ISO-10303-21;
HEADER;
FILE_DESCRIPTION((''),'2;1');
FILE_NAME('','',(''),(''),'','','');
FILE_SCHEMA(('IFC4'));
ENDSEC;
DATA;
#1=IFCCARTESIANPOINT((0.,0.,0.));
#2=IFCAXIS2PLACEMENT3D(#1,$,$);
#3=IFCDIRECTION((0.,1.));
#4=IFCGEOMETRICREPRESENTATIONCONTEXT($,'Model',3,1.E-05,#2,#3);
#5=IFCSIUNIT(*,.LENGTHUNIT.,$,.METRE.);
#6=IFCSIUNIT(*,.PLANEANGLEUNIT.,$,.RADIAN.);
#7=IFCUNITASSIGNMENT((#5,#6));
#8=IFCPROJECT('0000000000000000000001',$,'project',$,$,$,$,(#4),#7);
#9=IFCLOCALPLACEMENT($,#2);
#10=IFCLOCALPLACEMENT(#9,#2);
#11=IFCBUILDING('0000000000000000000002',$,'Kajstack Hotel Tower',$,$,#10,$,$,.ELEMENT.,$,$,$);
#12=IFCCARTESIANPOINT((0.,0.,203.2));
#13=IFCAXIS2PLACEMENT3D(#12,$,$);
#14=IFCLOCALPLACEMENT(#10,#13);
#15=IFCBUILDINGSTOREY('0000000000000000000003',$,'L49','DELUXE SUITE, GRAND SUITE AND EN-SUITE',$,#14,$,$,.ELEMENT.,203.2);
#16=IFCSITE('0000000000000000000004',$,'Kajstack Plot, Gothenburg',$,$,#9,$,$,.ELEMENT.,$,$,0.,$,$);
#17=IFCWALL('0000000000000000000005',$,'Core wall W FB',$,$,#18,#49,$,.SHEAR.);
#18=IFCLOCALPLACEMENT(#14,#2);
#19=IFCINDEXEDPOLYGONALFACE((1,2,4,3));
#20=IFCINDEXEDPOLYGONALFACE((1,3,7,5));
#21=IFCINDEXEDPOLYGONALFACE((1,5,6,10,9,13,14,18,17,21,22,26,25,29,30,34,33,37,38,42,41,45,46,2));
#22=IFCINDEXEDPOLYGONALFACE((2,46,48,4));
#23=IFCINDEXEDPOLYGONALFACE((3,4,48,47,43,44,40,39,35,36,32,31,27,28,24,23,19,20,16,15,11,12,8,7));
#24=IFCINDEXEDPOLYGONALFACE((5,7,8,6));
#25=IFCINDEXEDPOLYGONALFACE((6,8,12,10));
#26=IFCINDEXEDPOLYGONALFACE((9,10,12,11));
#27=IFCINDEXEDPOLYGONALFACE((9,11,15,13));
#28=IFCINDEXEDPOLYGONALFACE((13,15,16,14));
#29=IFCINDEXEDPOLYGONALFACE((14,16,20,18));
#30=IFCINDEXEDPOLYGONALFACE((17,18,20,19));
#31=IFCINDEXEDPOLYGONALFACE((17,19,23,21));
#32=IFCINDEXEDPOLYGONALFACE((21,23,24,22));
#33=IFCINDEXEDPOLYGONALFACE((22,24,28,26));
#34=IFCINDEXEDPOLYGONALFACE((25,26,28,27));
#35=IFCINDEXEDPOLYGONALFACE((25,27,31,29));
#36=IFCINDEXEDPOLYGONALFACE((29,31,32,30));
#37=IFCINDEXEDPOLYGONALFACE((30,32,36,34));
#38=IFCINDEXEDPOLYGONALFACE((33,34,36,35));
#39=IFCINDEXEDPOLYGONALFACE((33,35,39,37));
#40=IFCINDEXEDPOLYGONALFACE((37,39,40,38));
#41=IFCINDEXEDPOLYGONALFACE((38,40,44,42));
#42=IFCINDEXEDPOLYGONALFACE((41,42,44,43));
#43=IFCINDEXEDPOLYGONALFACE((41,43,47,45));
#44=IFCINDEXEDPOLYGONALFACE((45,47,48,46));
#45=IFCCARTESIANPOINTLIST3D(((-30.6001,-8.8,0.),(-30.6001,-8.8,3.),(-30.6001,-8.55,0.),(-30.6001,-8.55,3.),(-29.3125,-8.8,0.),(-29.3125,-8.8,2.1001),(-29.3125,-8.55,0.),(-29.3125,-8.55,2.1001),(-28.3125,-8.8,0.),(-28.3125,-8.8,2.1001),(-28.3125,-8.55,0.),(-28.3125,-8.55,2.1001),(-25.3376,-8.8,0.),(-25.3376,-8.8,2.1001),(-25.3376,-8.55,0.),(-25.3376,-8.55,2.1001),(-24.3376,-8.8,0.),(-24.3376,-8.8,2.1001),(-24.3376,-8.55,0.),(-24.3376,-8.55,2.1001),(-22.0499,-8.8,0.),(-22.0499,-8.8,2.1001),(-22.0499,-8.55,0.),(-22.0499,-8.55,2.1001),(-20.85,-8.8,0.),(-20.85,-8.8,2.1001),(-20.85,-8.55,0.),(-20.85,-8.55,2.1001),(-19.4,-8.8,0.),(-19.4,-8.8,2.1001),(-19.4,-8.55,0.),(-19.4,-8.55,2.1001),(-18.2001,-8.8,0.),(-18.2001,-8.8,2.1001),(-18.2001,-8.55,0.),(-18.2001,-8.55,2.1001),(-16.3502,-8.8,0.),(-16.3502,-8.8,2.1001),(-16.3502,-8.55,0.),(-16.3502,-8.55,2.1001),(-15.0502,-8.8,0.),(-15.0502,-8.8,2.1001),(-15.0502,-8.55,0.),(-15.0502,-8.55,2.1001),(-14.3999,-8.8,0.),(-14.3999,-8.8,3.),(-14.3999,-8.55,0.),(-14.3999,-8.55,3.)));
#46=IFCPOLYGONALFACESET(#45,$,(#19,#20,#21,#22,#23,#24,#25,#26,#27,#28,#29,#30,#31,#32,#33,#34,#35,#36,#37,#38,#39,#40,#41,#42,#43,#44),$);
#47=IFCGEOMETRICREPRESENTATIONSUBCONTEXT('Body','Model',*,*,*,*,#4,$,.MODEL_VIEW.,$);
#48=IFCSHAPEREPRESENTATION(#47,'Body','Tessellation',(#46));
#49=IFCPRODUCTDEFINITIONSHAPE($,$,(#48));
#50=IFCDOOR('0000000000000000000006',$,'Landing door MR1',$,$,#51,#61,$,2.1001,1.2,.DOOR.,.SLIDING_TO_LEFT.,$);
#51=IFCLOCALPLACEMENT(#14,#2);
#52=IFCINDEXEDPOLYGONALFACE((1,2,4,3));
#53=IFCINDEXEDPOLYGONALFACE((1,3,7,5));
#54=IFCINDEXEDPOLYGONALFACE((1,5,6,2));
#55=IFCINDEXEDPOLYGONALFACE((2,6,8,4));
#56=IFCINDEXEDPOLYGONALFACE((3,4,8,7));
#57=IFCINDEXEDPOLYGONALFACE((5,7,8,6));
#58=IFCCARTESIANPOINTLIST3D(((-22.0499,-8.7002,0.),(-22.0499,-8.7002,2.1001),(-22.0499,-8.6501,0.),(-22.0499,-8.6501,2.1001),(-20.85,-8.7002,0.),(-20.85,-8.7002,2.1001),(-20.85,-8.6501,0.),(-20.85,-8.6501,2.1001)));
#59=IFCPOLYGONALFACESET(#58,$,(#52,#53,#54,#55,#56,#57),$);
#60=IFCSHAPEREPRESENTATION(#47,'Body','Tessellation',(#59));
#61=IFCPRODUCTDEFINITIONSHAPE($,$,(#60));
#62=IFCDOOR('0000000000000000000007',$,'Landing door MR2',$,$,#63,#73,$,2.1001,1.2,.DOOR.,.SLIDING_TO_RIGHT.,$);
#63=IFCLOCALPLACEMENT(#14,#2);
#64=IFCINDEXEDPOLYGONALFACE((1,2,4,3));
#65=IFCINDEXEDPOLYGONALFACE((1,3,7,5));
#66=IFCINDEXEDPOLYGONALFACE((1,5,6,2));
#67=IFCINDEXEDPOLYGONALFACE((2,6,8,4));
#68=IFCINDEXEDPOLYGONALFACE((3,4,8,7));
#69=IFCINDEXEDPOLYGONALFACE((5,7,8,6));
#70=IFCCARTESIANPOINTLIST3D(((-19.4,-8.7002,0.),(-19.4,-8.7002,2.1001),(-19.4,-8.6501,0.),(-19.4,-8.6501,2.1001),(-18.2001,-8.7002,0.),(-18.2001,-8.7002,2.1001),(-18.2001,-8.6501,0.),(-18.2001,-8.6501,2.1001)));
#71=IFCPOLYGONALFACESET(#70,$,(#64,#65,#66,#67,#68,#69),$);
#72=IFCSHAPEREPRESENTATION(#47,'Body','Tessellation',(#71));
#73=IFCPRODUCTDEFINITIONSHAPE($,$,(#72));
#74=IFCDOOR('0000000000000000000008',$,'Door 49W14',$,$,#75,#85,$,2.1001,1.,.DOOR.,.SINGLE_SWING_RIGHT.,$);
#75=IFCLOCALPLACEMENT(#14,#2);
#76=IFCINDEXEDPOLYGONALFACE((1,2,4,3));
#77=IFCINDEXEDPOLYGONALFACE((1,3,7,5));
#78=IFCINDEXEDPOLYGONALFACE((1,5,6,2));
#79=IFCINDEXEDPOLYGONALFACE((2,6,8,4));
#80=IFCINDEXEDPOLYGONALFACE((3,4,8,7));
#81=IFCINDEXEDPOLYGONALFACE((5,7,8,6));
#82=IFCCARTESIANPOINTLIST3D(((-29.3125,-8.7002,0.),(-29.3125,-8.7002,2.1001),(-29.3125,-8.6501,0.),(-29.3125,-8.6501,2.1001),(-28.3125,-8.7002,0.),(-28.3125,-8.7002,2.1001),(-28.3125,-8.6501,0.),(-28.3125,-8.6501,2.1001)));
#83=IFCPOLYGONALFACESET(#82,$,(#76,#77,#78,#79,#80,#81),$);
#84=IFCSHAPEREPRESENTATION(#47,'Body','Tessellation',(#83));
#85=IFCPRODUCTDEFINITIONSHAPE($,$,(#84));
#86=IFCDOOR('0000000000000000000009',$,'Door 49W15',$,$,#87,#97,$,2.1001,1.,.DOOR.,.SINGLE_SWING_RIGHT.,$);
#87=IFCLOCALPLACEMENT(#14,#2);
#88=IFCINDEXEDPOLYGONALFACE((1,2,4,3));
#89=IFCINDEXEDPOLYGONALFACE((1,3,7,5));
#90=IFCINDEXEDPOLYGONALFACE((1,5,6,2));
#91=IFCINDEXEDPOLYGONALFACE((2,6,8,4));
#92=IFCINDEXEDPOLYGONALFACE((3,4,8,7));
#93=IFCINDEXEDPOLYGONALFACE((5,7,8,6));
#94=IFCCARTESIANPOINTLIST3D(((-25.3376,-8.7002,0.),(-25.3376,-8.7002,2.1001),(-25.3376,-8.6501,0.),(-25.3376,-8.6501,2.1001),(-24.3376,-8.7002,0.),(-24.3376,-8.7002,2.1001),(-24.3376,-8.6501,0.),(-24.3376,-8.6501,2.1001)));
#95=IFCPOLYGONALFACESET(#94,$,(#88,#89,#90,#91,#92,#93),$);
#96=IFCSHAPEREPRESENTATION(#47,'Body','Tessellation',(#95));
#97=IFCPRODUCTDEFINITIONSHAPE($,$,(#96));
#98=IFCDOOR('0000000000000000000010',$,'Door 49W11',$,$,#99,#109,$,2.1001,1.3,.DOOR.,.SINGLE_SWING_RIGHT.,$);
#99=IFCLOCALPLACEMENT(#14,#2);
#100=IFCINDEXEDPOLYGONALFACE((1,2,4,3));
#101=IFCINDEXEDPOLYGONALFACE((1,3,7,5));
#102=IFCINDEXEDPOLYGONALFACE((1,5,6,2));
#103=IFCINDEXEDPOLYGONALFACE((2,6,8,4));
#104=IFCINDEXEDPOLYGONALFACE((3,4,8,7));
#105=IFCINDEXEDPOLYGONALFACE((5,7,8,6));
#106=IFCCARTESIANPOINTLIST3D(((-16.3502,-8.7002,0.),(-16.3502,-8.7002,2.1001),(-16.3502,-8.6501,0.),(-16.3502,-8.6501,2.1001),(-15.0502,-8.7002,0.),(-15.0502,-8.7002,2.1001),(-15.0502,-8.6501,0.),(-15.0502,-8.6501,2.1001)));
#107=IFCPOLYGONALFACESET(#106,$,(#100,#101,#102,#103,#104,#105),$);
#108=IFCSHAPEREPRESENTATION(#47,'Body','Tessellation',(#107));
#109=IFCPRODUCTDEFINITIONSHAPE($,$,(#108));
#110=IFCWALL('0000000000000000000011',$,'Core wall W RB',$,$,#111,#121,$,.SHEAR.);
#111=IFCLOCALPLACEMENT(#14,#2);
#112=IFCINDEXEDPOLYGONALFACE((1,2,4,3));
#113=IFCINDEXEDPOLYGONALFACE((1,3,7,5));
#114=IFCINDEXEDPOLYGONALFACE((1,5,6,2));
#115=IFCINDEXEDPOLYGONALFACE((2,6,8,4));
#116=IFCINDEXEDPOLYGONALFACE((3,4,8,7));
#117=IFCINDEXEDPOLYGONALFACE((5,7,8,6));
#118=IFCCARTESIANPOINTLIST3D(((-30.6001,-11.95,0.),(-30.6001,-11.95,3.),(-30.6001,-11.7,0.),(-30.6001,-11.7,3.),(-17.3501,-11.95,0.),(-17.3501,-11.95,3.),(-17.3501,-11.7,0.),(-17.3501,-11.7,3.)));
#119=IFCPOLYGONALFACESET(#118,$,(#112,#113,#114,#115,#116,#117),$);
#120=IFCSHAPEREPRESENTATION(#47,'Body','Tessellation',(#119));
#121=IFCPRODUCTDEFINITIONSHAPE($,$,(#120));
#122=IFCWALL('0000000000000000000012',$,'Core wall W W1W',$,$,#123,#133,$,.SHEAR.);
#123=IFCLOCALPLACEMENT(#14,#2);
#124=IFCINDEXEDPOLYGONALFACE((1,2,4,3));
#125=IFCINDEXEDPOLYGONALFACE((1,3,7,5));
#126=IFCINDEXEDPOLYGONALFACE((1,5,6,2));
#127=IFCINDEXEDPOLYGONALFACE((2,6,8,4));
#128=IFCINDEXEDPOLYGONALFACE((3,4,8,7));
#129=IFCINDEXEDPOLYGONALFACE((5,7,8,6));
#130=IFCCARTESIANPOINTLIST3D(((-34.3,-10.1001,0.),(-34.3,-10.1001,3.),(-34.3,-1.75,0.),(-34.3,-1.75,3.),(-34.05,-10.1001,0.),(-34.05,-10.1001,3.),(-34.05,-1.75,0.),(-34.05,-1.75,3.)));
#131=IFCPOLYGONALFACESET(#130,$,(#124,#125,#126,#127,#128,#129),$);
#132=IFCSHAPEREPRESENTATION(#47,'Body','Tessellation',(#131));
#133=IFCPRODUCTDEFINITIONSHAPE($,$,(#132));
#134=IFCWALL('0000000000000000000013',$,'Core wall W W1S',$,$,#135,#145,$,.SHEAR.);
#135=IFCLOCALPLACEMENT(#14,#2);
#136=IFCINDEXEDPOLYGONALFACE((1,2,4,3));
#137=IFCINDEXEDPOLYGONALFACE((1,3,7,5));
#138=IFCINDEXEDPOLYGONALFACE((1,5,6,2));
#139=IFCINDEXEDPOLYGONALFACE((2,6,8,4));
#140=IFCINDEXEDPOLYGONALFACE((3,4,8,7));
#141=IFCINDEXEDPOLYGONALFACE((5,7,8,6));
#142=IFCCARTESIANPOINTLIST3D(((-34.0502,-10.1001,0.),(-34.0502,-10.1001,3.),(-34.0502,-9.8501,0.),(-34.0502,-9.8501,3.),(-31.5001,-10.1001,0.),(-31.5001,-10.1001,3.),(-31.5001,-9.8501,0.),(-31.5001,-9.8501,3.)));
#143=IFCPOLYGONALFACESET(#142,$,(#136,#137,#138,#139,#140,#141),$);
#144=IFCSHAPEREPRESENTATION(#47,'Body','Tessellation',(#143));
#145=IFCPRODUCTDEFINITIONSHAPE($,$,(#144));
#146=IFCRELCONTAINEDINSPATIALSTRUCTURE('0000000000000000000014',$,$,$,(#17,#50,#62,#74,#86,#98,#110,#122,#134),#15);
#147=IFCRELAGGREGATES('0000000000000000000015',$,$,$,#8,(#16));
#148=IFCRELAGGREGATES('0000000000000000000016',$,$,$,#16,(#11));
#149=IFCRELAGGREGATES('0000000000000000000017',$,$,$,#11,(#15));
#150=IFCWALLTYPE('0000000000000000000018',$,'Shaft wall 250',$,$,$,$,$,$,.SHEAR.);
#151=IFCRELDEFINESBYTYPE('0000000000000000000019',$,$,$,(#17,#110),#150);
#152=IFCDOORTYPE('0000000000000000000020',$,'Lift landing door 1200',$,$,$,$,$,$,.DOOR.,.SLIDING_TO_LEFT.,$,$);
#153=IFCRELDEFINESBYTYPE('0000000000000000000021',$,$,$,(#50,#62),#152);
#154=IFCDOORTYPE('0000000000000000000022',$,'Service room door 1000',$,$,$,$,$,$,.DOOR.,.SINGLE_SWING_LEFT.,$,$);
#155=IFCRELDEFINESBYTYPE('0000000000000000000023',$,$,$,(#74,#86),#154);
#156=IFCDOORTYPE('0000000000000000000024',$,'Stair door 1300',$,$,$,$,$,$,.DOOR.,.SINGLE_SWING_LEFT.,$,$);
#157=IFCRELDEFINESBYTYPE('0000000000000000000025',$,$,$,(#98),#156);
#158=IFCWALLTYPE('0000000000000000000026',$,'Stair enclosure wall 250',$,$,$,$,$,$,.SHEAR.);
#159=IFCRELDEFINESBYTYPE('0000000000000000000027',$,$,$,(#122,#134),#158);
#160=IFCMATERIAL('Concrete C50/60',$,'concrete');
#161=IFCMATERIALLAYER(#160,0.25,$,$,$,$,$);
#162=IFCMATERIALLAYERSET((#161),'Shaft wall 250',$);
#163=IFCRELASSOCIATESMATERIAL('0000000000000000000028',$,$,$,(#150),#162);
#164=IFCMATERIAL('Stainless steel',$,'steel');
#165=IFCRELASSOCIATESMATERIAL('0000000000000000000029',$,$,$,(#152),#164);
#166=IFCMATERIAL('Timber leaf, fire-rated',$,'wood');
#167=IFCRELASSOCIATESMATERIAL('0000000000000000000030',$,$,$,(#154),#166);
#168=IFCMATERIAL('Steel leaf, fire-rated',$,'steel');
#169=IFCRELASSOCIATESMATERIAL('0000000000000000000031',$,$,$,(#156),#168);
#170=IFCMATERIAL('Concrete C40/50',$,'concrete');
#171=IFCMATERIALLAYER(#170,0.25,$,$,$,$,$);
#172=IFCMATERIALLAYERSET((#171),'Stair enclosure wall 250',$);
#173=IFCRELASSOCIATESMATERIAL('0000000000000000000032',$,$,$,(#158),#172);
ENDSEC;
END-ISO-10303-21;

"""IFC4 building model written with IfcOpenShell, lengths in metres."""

from ifc_helpers import new_model, si_unit, direction, frame, frame_2d, origin, place, context, subcontext, project, spatial, rectangle, extrude, material, layer, layer_set, type_object, element, fill, save


model = new_model("IFC4")

# Units and contexts
model_context = context("Model", 3, precision=1e-05, world=origin(), true_north=direction((0.0, 1.0)))
body_context = subcontext(model_context, "Body", "Model", "MODEL_VIEW")
ifc_project = project(units=[si_unit("LENGTHUNIT", "METRE"), si_unit("PLANEANGLEUNIT", "RADIAN")], contexts=[model_context])

# Site, building, storey
site_placement = place(None, origin())
site = spatial("IfcSite", under=ifc_project, at=site_placement, Name="Kajstack Plot, Gothenburg", CompositionType="ELEMENT", RefElevation=0.0)
building_placement = place(site_placement, origin())
building = spatial("IfcBuilding", under=site, at=building_placement, Name="Kajstack Hotel Tower", CompositionType="ELEMENT")
storey_placement = place(building_placement, frame((0.0, 0.0, 203.2)))
storey = spatial("IfcBuildingStorey", under=building, at=storey_placement, Name="L49", Description="DELUXE SUITE, GRAND SUITE AND EN-SUITE", CompositionType="ELEMENT", Elevation=203.2)

# Shared definitions
ifc_material_1 = material(Name="Stainless steel", Category="steel")

# Shared definitions
ifc_material_2 = material(Name="Concrete C50/60", Category="concrete")
ifc_layer_1 = layer(ifc_material_2, 0.25)
ifc_layer_set_1 = layer_set([ifc_layer_1], Name="Shaft wall 250")
wall_type_1 = type_object("IfcWallType", Name="Shaft wall 250", PredefinedType="SHEAR", material=ifc_layer_set_1)
door_type_1 = type_object("IfcDoorType", Name="Lift landing door 1200", OperationType="SLIDING_TO_LEFT", PredefinedType="DOOR", material=ifc_material_1)

# Wall, openings, doors
wall_1_placement = place(storey_placement, frame((-30.6001, -8.675, 0.0), z_axis=(0.0, 0.0, 1.0), x_axis=(1.0, 0.0, 0.0)))
wall_1 = element("IfcWall", 1, at=wall_1_placement, inside=storey, type_object=wall_type_1, Name="Core wall W FB", PredefinedType="SHEAR", context=body_context, shape_type="SweptSolid", body=[
    extrude(rectangle(XDim=16.2002, YDim=0.25, at=frame_2d((8.1001, 0.0))), origin(), (0.0, 0.0, 1.0), 3.0),
])
opening_1_placement = place(wall_1_placement, frame((8.55, 0.0, 0.0)))
opening_1 = element("IfcOpeningElement", 2, at=opening_1_placement, cuts=wall_1, PredefinedType="OPENING", context=body_context, shape_type="SweptSolid", body=[
    extrude(rectangle(XDim=1.2, YDim=2.1001, at=frame_2d((0.6001, 1.05))), frame((0.0, 0.135, 0.0), z_axis=(0.0, -1.0, 0.0), x_axis=(1.0, 0.0, 0.0)), (0.0, 0.0, 1.0), 0.27),
])
opening_2_placement = place(wall_1_placement, frame((11.2, 0.0, 0.0)))
opening_2 = element("IfcOpeningElement", 3, at=opening_2_placement, cuts=wall_1, PredefinedType="OPENING", context=body_context, shape_type="SweptSolid", body=[
    extrude(rectangle(XDim=1.2, YDim=2.1001, at=frame_2d((0.6001, 1.05))), frame((0.0, 0.135, 0.0), z_axis=(0.0, -1.0, 0.0), x_axis=(1.0, 0.0, 0.0)), (0.0, 0.0, 1.0), 0.27),
])
opening_3_placement = place(wall_1_placement, frame((14.25, 0.0, 0.0)))
opening_3 = element("IfcOpeningElement", 4, at=opening_3_placement, cuts=wall_1, PredefinedType="OPENING", context=body_context, shape_type="SweptSolid", body=[
    extrude(rectangle(XDim=1.3, YDim=2.1001, at=frame_2d((0.6499, 1.05))), frame((0.0, 0.135, 0.0), z_axis=(0.0, -1.0, 0.0), x_axis=(1.0, 0.0, 0.0)), (0.0, 0.0, 1.0), 0.27),
])
opening_4_placement = place(wall_1_placement, frame((1.2876, 0.0, 0.0)))
opening_4 = element("IfcOpeningElement", 5, at=opening_4_placement, cuts=wall_1, PredefinedType="OPENING", context=body_context, shape_type="SweptSolid", body=[
    extrude(rectangle(XDim=1.0, YDim=2.1001, at=frame_2d((0.5, 1.05))), frame((0.0, 0.135, 0.0), z_axis=(0.0, -1.0, 0.0), x_axis=(1.0, 0.0, 0.0)), (0.0, 0.0, 1.0), 0.27),
])
opening_5_placement = place(wall_1_placement, frame((5.2625, 0.0, 0.0)))
opening_5 = element("IfcOpeningElement", 6, at=opening_5_placement, cuts=wall_1, PredefinedType="OPENING", context=body_context, shape_type="SweptSolid", body=[
    extrude(rectangle(XDim=1.0, YDim=2.1001, at=frame_2d((0.5, 1.05))), frame((0.0, 0.135, 0.0), z_axis=(0.0, -1.0, 0.0), x_axis=(1.0, 0.0, 0.0)), (0.0, 0.0, 1.0), 0.27),
])
door_1_placement = place(opening_1_placement, origin())
door_1 = element("IfcDoor", 7, at=door_1_placement, inside=storey, type_object=door_type_1, Name="Landing door MR1", OperationType="SLIDING_TO_LEFT", OverallHeight=2.1001, OverallWidth=1.2, PredefinedType="DOOR", context=body_context, shape_type="SweptSolid", body=[
    extrude(rectangle(XDim=1.2, YDim=2.1001, at=frame_2d((0.6001, 1.05))), frame((0.0, 0.0249, 0.0), z_axis=(0.0, -1.0, 0.0), x_axis=(1.0, 0.0, 0.0)), (0.0, 0.0, 1.0), 0.05),
])
fill(opening_1, door_1)
door_2_placement = place(opening_2_placement, origin())
door_2 = element("IfcDoor", 8, at=door_2_placement, inside=storey, type_object=door_type_1, Name="Landing door MR2", OperationType="SLIDING_TO_RIGHT", OverallHeight=2.1001, OverallWidth=1.2, PredefinedType="DOOR", context=body_context, shape_type="SweptSolid", body=[
    extrude(rectangle(XDim=1.2, YDim=2.1001, at=frame_2d((0.6001, 1.05))), frame((0.0, 0.0249, 0.0), z_axis=(0.0, -1.0, 0.0), x_axis=(1.0, 0.0, 0.0)), (0.0, 0.0, 1.0), 0.05),
])
fill(opening_2, door_2)
ifc_material_3 = material(Name="Timber leaf, fire-rated", Category="wood")
door_type_2 = type_object("IfcDoorType", Name="Service room door 1000", OperationType="SINGLE_SWING_LEFT", PredefinedType="DOOR", material=ifc_material_3)
door_3_placement = place(opening_4_placement, origin())
door_3 = element("IfcDoor", 9, at=door_3_placement, inside=storey, type_object=door_type_2, Name="Door 49W14", OperationType="SINGLE_SWING_RIGHT", OverallHeight=2.1001, OverallWidth=1.0, PredefinedType="DOOR", context=body_context, shape_type="SweptSolid", body=[
    extrude(rectangle(XDim=1.0, YDim=2.1001, at=frame_2d((0.5, 1.05))), frame((0.0, 0.0249, 0.0), z_axis=(0.0, -1.0, 0.0), x_axis=(1.0, 0.0, 0.0)), (0.0, 0.0, 1.0), 0.05),
])
fill(opening_4, door_3)
door_4_placement = place(opening_5_placement, origin())
door_4 = element("IfcDoor", 10, at=door_4_placement, inside=storey, type_object=door_type_2, Name="Door 49W15", OperationType="SINGLE_SWING_RIGHT", OverallHeight=2.1001, OverallWidth=1.0, PredefinedType="DOOR", context=body_context, shape_type="SweptSolid", body=[
    extrude(rectangle(XDim=1.0, YDim=2.1001, at=frame_2d((0.5, 1.05))), frame((0.0, 0.0249, 0.0), z_axis=(0.0, -1.0, 0.0), x_axis=(1.0, 0.0, 0.0)), (0.0, 0.0, 1.0), 0.05),
])
fill(opening_5, door_4)
ifc_material_4 = material(Name="Steel leaf, fire-rated", Category="steel")
door_type_3 = type_object("IfcDoorType", Name="Stair door 1300", OperationType="SINGLE_SWING_LEFT", PredefinedType="DOOR", material=ifc_material_4)
door_5_placement = place(opening_3_placement, origin())
door_5 = element("IfcDoor", 11, at=door_5_placement, inside=storey, type_object=door_type_3, Name="Door 49W11", OperationType="SINGLE_SWING_RIGHT", OverallHeight=2.1001, OverallWidth=1.3, PredefinedType="DOOR", context=body_context, shape_type="SweptSolid", body=[
    extrude(rectangle(XDim=1.3, YDim=2.1001, at=frame_2d((0.6499, 1.05))), frame((0.0, 0.0249, 0.0), z_axis=(0.0, -1.0, 0.0), x_axis=(1.0, 0.0, 0.0)), (0.0, 0.0, 1.0), 0.05),
])
fill(opening_3, door_5)

# Walls
wall_2_placement = place(storey_placement, frame((-30.6001, -11.825, 0.0), z_axis=(0.0, 0.0, 1.0), x_axis=(1.0, 0.0, 0.0)))
element("IfcWall", 12, at=wall_2_placement, inside=storey, type_object=wall_type_1, Name="Core wall W RB", PredefinedType="SHEAR", context=body_context, shape_type="SweptSolid", body=[
    extrude(rectangle(XDim=13.25, YDim=0.25, at=frame_2d((6.625, 0.0))), origin(), (0.0, 0.0, 1.0), 3.0),
])
ifc_material_5 = material(Name="Concrete C40/50", Category="concrete")
ifc_layer_2 = layer(ifc_material_5, 0.25)
ifc_layer_set_2 = layer_set([ifc_layer_2], Name="Stair enclosure wall 250")
wall_type_2 = type_object("IfcWallType", Name="Stair enclosure wall 250", PredefinedType="SHEAR", material=ifc_layer_set_2)
wall_3_placement = place(storey_placement, frame((-34.175, -10.1001, 0.0), z_axis=(0.0, 0.0, 1.0), x_axis=(0.0, 1.0, 0.0)))
element("IfcWall", 13, at=wall_3_placement, inside=storey, type_object=wall_type_2, Name="Core wall W W1W", PredefinedType="SHEAR", context=body_context, shape_type="SweptSolid", body=[
    extrude(rectangle(XDim=8.3501, YDim=0.25, at=frame_2d((4.175, 0.0))), origin(), (0.0, 0.0, 1.0), 3.0),
])
wall_4_placement = place(storey_placement, frame((-34.05, -9.9751, 0.0), z_axis=(0.0, 0.0, 1.0), x_axis=(1.0, 0.0, 0.0)))
element("IfcWall", 14, at=wall_4_placement, inside=storey, type_object=wall_type_2, Name="Core wall W W1S", PredefinedType="SHEAR", context=body_context, shape_type="SweptSolid", body=[
    extrude(rectangle(XDim=2.55, YDim=0.25, at=frame_2d((1.2749, 0.0))), origin(), (0.0, 0.0, 1.0), 3.0),
])

save(model, "model.ifc")
